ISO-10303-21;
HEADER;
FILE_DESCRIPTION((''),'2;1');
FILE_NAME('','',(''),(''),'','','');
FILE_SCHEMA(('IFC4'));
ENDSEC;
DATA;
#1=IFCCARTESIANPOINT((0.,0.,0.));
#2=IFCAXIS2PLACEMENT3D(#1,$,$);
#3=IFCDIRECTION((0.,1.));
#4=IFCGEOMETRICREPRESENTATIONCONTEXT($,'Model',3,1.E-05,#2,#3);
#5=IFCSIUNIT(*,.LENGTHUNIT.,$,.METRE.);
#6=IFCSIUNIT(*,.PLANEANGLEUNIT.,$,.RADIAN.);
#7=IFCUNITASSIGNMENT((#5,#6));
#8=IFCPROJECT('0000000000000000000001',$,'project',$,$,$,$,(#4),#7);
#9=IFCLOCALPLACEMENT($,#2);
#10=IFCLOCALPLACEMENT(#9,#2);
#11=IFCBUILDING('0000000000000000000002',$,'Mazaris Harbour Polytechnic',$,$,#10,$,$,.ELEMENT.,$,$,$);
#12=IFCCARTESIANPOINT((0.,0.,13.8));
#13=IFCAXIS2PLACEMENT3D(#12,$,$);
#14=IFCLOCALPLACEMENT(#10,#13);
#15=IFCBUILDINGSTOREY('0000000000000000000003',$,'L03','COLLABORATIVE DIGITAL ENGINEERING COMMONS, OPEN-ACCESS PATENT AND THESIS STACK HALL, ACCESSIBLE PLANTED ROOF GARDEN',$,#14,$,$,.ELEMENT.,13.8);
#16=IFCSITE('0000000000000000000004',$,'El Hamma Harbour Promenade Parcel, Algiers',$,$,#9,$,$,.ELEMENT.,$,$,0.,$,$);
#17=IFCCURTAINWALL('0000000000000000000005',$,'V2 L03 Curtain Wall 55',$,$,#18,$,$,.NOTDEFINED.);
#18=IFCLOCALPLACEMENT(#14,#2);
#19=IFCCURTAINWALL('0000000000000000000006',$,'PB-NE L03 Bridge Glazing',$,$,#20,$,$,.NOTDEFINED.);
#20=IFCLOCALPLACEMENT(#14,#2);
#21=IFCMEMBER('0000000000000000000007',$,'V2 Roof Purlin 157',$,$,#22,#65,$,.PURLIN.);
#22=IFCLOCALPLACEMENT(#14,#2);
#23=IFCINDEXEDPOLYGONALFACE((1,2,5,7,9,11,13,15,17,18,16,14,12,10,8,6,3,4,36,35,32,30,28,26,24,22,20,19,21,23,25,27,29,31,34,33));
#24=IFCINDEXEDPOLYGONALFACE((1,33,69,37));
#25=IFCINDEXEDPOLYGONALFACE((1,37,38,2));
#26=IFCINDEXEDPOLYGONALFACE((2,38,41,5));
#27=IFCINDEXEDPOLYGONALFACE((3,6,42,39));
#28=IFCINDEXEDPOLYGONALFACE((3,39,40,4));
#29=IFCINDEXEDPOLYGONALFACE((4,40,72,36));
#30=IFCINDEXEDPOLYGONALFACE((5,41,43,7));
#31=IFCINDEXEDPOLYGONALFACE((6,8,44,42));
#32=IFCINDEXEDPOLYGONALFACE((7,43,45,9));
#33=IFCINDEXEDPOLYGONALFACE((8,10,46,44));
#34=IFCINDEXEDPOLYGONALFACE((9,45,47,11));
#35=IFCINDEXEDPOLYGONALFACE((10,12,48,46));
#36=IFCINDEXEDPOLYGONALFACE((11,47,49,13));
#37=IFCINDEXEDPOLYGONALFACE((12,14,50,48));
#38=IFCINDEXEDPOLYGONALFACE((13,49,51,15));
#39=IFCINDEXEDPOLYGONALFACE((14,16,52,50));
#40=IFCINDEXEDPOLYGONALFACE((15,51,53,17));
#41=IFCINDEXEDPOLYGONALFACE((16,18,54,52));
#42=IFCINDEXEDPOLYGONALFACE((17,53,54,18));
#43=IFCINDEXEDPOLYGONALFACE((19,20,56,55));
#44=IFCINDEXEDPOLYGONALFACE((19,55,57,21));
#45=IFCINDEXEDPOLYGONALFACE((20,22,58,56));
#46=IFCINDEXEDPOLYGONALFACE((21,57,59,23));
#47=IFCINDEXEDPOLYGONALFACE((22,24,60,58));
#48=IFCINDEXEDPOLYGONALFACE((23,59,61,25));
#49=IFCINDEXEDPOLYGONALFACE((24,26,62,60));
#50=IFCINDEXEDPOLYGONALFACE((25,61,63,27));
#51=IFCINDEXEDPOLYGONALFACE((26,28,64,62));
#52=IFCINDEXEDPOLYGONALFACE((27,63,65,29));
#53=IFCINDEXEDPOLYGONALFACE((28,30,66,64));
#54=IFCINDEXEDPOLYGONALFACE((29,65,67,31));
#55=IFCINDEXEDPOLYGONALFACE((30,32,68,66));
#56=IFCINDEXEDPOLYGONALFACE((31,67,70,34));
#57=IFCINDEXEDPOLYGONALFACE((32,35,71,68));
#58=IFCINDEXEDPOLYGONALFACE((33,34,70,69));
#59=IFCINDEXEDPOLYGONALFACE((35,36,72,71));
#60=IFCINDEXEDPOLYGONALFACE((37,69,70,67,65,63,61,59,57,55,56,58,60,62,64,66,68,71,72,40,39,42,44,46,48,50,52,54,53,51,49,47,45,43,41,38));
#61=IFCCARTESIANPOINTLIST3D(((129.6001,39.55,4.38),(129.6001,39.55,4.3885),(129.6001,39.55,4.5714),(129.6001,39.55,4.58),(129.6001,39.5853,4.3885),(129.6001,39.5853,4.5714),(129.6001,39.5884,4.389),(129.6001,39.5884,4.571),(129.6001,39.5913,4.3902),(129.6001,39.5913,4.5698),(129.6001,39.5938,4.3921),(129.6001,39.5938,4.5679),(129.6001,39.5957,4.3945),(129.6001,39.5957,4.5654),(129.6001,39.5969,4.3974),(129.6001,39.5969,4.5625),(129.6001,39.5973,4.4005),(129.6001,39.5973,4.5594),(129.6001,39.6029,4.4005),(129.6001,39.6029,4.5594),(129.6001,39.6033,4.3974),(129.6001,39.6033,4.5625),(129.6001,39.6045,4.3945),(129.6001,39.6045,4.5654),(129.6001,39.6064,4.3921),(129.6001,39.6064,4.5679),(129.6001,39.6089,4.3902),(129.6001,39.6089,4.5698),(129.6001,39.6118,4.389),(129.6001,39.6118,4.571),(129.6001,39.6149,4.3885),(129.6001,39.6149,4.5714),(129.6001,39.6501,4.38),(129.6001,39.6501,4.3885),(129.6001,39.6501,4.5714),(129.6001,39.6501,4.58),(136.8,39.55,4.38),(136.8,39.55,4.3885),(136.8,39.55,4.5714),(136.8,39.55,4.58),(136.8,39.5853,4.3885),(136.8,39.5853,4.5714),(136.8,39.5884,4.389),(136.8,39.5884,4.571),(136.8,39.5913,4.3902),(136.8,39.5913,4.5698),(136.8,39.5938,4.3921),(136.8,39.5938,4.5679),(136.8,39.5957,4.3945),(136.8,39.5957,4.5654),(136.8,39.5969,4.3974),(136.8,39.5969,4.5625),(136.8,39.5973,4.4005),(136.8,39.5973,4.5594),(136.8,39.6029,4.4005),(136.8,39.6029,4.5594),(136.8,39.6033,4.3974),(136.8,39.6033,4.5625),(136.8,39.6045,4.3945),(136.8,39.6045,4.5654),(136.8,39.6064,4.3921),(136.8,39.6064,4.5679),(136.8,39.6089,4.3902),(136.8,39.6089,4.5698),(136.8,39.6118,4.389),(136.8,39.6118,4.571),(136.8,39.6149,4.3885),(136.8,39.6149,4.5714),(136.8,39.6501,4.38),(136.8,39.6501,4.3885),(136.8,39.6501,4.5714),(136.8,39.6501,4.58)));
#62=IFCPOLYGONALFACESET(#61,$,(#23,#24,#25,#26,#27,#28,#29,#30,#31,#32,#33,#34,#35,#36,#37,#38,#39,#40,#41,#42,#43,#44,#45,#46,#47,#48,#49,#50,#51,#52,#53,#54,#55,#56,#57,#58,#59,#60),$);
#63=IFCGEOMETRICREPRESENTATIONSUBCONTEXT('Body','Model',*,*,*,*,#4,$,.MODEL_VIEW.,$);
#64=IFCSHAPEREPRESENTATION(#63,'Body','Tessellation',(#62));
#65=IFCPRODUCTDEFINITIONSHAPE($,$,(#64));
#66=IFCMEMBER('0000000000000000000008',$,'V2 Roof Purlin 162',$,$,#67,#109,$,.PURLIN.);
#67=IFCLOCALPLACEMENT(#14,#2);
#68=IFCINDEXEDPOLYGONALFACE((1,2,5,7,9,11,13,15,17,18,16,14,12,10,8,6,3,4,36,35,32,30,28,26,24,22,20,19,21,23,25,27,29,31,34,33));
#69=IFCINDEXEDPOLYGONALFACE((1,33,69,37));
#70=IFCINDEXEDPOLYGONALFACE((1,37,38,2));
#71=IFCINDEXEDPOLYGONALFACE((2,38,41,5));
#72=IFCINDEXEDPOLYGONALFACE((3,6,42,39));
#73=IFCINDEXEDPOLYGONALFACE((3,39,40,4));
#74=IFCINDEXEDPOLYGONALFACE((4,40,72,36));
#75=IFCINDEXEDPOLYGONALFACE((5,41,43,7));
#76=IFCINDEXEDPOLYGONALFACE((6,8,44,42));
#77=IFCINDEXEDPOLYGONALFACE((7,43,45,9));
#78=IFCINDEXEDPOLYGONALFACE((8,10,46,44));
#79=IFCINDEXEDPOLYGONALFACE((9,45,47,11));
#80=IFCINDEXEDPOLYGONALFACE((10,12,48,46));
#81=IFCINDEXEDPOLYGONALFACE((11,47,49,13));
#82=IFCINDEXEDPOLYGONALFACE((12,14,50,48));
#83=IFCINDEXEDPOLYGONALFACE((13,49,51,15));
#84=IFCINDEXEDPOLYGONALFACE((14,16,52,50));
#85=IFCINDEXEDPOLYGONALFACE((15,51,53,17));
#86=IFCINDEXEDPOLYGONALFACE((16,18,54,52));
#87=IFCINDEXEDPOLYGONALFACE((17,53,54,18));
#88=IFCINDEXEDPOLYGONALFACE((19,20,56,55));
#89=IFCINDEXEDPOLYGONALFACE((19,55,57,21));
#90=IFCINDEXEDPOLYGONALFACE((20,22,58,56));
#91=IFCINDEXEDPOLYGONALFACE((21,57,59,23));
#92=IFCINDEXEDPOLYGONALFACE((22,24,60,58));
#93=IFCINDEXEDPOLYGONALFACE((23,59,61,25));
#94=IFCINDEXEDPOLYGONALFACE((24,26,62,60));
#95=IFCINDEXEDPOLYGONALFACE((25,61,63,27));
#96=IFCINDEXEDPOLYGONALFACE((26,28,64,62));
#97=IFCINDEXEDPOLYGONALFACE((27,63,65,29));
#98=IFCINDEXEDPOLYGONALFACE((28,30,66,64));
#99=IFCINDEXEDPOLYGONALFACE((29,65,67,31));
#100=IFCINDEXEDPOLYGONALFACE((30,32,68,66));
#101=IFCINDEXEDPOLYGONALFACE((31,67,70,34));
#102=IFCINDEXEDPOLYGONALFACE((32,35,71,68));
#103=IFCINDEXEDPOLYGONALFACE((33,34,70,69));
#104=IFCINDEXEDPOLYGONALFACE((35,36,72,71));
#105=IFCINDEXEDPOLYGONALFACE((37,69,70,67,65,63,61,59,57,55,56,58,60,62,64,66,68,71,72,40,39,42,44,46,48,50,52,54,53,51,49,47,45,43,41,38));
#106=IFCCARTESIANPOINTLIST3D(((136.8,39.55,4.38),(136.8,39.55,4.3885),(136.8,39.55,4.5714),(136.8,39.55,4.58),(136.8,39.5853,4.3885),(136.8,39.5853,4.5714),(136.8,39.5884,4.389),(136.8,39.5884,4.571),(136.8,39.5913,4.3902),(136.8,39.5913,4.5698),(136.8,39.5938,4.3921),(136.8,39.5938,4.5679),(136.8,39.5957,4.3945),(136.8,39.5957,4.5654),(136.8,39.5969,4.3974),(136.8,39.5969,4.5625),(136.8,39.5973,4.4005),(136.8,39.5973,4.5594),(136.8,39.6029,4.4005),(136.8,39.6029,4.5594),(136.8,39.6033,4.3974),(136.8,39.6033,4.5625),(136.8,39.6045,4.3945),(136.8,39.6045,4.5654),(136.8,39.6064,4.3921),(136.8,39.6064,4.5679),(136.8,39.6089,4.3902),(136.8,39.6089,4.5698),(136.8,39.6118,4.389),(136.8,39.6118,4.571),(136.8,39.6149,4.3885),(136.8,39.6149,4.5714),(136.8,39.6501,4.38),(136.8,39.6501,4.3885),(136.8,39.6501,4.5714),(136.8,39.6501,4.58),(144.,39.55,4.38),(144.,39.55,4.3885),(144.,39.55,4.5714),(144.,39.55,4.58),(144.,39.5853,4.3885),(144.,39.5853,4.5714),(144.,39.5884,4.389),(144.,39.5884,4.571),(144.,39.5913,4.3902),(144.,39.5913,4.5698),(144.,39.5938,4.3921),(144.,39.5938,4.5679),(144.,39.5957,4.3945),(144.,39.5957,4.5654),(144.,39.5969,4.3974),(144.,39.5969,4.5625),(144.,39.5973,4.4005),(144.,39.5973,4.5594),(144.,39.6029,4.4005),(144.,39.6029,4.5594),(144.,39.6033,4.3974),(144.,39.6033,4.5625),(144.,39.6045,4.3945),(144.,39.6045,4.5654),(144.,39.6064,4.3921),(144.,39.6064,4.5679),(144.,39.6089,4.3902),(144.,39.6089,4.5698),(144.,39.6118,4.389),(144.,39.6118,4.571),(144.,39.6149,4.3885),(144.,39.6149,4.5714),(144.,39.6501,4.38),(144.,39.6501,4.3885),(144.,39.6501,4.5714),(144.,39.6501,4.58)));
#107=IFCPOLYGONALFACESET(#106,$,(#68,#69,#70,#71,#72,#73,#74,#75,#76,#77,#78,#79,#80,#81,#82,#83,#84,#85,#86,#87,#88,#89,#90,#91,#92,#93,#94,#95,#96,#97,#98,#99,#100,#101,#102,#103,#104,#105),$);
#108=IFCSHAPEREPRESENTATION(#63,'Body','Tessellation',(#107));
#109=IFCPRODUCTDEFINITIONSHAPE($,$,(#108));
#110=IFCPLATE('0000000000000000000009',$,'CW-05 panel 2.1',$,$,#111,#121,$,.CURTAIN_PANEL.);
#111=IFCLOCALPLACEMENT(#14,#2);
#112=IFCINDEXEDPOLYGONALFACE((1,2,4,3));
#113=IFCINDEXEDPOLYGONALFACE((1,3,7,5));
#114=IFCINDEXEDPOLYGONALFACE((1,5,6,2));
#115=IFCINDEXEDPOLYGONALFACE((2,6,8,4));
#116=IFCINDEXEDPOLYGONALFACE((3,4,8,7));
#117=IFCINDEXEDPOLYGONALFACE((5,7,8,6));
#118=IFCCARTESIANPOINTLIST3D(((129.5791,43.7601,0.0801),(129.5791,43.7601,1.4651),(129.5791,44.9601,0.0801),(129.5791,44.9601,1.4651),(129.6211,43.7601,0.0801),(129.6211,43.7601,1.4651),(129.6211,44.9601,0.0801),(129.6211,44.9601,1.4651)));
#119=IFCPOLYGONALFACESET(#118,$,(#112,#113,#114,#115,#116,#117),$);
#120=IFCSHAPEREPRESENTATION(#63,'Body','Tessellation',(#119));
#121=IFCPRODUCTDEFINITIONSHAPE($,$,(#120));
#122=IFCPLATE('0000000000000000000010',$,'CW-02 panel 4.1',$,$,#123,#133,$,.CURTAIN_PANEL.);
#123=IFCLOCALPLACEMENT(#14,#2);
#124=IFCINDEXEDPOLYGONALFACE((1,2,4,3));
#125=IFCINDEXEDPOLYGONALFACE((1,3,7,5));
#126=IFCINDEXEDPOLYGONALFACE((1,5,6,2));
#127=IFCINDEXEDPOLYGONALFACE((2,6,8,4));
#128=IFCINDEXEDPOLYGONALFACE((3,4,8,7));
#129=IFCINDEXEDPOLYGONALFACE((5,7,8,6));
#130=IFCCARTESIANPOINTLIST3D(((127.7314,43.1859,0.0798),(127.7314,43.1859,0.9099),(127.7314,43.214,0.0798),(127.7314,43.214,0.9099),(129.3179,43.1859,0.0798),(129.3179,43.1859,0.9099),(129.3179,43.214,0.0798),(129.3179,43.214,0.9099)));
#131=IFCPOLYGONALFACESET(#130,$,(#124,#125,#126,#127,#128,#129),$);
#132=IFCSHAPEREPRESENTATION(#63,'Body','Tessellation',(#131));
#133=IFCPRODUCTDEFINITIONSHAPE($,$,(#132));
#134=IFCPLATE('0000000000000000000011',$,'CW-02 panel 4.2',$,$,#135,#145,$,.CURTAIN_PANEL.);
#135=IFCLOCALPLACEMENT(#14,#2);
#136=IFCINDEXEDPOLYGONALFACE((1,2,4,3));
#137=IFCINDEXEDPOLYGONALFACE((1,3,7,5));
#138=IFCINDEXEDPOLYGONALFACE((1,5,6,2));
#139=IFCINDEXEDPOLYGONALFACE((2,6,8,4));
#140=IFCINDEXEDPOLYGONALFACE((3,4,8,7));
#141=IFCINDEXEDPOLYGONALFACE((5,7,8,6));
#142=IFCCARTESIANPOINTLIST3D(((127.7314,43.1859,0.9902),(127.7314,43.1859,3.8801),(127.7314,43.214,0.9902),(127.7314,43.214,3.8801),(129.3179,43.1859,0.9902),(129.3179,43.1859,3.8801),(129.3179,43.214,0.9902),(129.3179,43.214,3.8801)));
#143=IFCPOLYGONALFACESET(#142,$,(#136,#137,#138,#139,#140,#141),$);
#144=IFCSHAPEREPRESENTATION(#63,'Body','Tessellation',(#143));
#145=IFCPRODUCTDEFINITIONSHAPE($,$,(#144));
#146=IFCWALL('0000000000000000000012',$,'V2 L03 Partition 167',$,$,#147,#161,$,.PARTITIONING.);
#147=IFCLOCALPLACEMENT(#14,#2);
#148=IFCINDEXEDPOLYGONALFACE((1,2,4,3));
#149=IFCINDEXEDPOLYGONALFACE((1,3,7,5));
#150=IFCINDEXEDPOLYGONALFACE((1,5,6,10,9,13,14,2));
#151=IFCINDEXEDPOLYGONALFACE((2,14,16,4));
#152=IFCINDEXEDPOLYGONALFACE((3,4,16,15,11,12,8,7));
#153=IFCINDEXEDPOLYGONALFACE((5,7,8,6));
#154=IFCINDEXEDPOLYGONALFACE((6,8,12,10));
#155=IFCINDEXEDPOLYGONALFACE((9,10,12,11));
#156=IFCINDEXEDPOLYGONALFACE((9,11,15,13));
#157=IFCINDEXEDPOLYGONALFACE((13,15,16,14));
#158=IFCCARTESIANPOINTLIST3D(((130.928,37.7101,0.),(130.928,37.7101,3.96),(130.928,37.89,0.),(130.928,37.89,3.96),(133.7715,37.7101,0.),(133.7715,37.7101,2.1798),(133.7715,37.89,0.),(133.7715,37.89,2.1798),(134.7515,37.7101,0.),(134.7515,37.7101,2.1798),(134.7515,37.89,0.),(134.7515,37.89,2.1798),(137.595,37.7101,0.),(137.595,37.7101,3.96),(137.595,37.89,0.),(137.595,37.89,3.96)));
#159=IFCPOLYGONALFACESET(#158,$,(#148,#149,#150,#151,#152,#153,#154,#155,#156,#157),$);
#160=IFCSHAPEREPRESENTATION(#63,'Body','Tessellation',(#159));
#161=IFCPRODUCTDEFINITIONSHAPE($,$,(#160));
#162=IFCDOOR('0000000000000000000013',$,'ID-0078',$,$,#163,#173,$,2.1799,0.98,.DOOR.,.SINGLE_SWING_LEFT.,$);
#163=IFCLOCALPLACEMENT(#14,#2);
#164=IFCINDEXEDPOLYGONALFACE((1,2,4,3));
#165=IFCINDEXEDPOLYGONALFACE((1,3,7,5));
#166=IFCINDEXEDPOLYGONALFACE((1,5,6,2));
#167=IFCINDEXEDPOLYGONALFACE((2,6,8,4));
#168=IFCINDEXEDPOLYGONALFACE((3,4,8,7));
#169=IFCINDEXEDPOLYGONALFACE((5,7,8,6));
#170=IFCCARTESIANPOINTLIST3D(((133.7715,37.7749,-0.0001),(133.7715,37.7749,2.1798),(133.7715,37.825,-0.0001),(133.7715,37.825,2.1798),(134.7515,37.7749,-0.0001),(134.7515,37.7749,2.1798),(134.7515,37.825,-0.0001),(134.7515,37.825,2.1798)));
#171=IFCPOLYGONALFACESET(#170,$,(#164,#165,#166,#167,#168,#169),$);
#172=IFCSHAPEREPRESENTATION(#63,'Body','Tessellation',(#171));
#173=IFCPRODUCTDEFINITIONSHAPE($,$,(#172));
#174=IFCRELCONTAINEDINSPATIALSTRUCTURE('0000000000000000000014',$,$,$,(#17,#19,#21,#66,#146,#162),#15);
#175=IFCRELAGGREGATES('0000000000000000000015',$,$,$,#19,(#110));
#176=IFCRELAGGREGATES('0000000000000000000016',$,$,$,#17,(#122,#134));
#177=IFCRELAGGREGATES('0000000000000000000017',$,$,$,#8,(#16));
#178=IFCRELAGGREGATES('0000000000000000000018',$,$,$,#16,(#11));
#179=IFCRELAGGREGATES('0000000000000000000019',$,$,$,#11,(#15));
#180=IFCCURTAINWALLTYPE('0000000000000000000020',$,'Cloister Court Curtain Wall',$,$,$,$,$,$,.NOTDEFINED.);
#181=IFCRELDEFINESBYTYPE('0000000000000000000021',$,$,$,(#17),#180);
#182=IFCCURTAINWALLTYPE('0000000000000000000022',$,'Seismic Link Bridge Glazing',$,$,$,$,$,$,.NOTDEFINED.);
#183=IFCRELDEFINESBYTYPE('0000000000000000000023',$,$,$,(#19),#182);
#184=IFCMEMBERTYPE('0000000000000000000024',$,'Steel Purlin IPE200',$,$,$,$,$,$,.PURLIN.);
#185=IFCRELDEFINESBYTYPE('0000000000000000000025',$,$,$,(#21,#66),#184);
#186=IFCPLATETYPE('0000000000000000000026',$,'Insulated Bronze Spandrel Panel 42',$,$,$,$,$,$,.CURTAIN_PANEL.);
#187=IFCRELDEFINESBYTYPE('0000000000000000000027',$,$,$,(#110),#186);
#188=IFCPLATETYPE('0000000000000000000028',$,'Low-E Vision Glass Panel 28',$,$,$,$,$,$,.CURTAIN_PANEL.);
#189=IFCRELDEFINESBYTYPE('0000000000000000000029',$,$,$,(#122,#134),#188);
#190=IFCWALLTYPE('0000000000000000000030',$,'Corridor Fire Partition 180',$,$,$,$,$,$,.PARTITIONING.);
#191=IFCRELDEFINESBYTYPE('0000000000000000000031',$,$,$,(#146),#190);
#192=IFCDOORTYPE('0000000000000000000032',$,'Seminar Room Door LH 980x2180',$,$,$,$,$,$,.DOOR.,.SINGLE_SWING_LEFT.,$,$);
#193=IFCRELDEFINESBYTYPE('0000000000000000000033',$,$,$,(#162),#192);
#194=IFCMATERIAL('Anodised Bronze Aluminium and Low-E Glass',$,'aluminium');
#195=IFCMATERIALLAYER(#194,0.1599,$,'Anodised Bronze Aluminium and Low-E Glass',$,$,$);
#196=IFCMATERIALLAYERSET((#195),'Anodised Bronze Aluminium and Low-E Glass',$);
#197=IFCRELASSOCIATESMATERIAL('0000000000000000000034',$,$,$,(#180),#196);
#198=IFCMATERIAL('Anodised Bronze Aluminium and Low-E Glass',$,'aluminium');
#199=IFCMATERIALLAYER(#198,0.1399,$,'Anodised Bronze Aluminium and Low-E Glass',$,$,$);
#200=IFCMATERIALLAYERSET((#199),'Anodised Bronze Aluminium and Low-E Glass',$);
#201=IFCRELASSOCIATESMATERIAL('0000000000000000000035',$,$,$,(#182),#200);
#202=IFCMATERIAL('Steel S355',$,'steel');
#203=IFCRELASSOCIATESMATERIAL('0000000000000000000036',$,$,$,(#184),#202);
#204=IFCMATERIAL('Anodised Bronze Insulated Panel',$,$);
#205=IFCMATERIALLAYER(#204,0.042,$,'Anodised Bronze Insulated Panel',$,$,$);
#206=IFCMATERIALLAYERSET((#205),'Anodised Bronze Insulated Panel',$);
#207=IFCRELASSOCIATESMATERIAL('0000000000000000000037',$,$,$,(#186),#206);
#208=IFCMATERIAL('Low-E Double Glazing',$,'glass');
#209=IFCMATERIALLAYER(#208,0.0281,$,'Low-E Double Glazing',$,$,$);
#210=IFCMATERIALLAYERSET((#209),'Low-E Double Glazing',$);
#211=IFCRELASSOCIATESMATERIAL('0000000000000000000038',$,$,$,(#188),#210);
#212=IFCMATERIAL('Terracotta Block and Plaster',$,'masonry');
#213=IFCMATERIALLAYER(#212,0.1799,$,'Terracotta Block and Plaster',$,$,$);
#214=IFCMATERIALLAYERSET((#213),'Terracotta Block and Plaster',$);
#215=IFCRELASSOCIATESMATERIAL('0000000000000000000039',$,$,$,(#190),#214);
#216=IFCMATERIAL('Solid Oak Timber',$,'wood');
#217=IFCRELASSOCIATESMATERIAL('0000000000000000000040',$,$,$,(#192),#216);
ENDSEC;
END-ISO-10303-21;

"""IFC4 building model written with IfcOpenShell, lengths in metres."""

from ifc_helpers import new_model, si_unit, direction, frame, frame_2d, origin, origin_2d, place, context, subcontext, project, spatial, rectangle, i_section, extrude, material, layer, layer_set, material_profile, profile_set, type_object, element, fill, aggregate, save


model = new_model("IFC4")

# Units and contexts
model_context = context("Model", 3, precision=1e-05, world=origin(), true_north=direction((0.0, 1.0)))
body_context = subcontext(model_context, "Body", "Model", "MODEL_VIEW")
ifc_project = project(units=[si_unit("LENGTHUNIT", "METRE"), si_unit("PLANEANGLEUNIT", "RADIAN")], contexts=[model_context])

# Site, building, storey
site_placement = place(None, origin())
site = spatial("IfcSite", under=ifc_project, at=site_placement, Name="El Hamma Harbour Promenade Parcel, Algiers", CompositionType="ELEMENT", RefElevation=0.0)
building_placement = place(site_placement, origin())
building = spatial("IfcBuilding", under=site, at=building_placement, Name="Mazaris Harbour Polytechnic", CompositionType="ELEMENT")
storey_placement = place(building_placement, frame((0.0, 0.0, 13.8)))
storey = spatial("IfcBuildingStorey", under=building, at=storey_placement, Name="L03", Description="COLLABORATIVE DIGITAL ENGINEERING COMMONS, OPEN-ACCESS PATENT AND THESIS STACK HALL, ACCESSIBLE PLANTED ROOF GARDEN", CompositionType="ELEMENT", Elevation=13.8)

# Curtain walls
ifc_material_1 = material(Name="Anodised Bronze Aluminium and Low-E Glass", Category="aluminium")
ifc_layer_1 = layer(ifc_material_1, 0.1599, Name="Anodised Bronze Aluminium and Low-E Glass")
ifc_layer_set_1 = layer_set([ifc_layer_1], Name="Anodised Bronze Aluminium and Low-E Glass")
curtain_wall_type_1 = type_object("IfcCurtainWallType", Name="Cloister Court Curtain Wall", PredefinedType="NOTDEFINED", material=ifc_layer_set_1)
curtain_wall_1_placement = place(storey_placement, origin())
curtain_wall_1 = element("IfcCurtainWall", 1, at=curtain_wall_1_placement, inside=storey, type_object=curtain_wall_type_1, Name="V2 L03 Curtain Wall 55", PredefinedType="NOTDEFINED")
ifc_material_2 = material(Name="Anodised Bronze Aluminium and Low-E Glass", Category="aluminium")
ifc_layer_2 = layer(ifc_material_2, 0.1399, Name="Anodised Bronze Aluminium and Low-E Glass")
ifc_layer_set_2 = layer_set([ifc_layer_2], Name="Anodised Bronze Aluminium and Low-E Glass")
curtain_wall_type_2 = type_object("IfcCurtainWallType", Name="Seismic Link Bridge Glazing", PredefinedType="NOTDEFINED", material=ifc_layer_set_2)
curtain_wall_2_placement = place(storey_placement, origin())
curtain_wall_2 = element("IfcCurtainWall", 2, at=curtain_wall_2_placement, inside=storey, type_object=curtain_wall_type_2, Name="PB-NE L03 Bridge Glazing", PredefinedType="NOTDEFINED")

# Members
ifc_material_3 = material(Name="Steel S355", Category="steel")
ifc_material_profile_1 = material_profile(ifc_material_3, i_section(OverallWidth=0.1001, OverallDepth=0.2, WebThickness=0.0056, FlangeThickness=0.0085, FilletRadius=0.012, at=origin_2d()), Name="IPE 200")
ifc_profile_set_1 = profile_set([ifc_material_profile_1], Name="Steel S355")
member_type_1 = type_object("IfcMemberType", Name="Steel Purlin IPE200", PredefinedType="PURLIN", material=ifc_profile_set_1)
for number, where, z_axis, x_axis, name in (
    (3, (129.6001, 39.6001, 4.48), (1.0, 0.0, 0.0), (0.0, 1.0, 0.0), "V2 Roof Purlin 157"),
    (4, (136.8, 39.6001, 4.48), (1.0, 0.0, 0.0), (0.0, 1.0, 0.0), "V2 Roof Purlin 162"),
):
    element("IfcMember", number, at=place(storey_placement, frame(where, z_axis=z_axis, x_axis=x_axis)), inside=storey, type_object=member_type_1, Name=name, PredefinedType="PURLIN", context=body_context, shape_type="SweptSolid", body=[
        extrude(i_section(OverallWidth=0.1001, OverallDepth=0.2, WebThickness=0.0056, FlangeThickness=0.0085, FilletRadius=0.012, at=origin_2d()), origin(), (0.0, 0.0, 1.0), 7.2),
    ])

# Plates
ifc_material_4 = material(Name="Anodised Bronze Insulated Panel")
ifc_layer_3 = layer(ifc_material_4, 0.042, Name="Anodised Bronze Insulated Panel")
ifc_layer_set_3 = layer_set([ifc_layer_3], Name="Anodised Bronze Insulated Panel")
plate_type_1 = type_object("IfcPlateType", Name="Insulated Bronze Spandrel Panel 42", PredefinedType="CURTAIN_PANEL", material=ifc_layer_set_3)
plate_1_placement = place(storey_placement, frame((129.6001, 44.3601, 0.0801), z_axis=(0.0, 0.0, 1.0), x_axis=(0.0, -1.0, 0.0)))
plate_1 = element("IfcPlate", 5, at=plate_1_placement, type_object=plate_type_1, Name="CW-05 panel 2.1", PredefinedType="CURTAIN_PANEL", context=body_context, shape_type="SweptSolid", body=[
    extrude(rectangle(XDim=1.2, YDim=0.042, at=origin_2d()), origin(), (0.0, 0.0, 1.0), 1.385),
])
aggregate(curtain_wall_2, [plate_1])
ifc_material_5 = material(Name="Low-E Double Glazing", Category="glass")
ifc_layer_4 = layer(ifc_material_5, 0.0281, Name="Low-E Double Glazing")
ifc_layer_set_4 = layer_set([ifc_layer_4], Name="Low-E Double Glazing")
plate_type_2 = type_object("IfcPlateType", Name="Low-E Vision Glass Panel 28", PredefinedType="CURTAIN_PANEL", material=ifc_layer_set_4)
plate_2_placement = place(storey_placement, frame((128.5247, 43.2, 0.0798), z_axis=(0.0, 0.0, 1.0), x_axis=(1.0, 0.0, 0.0)))
plate_2 = element("IfcPlate", 6, at=plate_2_placement, type_object=plate_type_2, Name="CW-02 panel 4.1", PredefinedType="CURTAIN_PANEL", context=body_context, shape_type="SweptSolid", body=[
    extrude(rectangle(XDim=1.5864, YDim=0.0281, at=origin_2d()), origin(), (0.0, 0.0, 1.0), 0.8301),
])
plate_3_placement = place(storey_placement, frame((128.5247, 43.2, 0.9902), z_axis=(0.0, 0.0, 1.0), x_axis=(1.0, 0.0, 0.0)))
plate_3 = element("IfcPlate", 7, at=plate_3_placement, type_object=plate_type_2, Name="CW-02 panel 4.2", PredefinedType="CURTAIN_PANEL", context=body_context, shape_type="SweptSolid", body=[
    extrude(rectangle(XDim=1.5864, YDim=0.0281, at=origin_2d()), origin(), (0.0, 0.0, 1.0), 2.8899),
])
aggregate(curtain_wall_1, [plate_2, plate_3])

# Wall, opening, door
ifc_material_6 = material(Name="Terracotta Block and Plaster", Category="masonry")
ifc_layer_5 = layer(ifc_material_6, 0.1799, Name="Terracotta Block and Plaster")
ifc_layer_set_5 = layer_set([ifc_layer_5], Name="Terracotta Block and Plaster")
wall_type_1 = type_object("IfcWallType", Name="Corridor Fire Partition 180", PredefinedType="PARTITIONING", material=ifc_layer_set_5)
wall_1_placement = place(storey_placement, frame((130.928, 37.8, 0.0), z_axis=(0.0, 0.0, 1.0), x_axis=(1.0, 0.0, 0.0)))
wall_1 = element("IfcWall", 8, at=wall_1_placement, inside=storey, type_object=wall_type_1, Name="V2 L03 Partition 167", PredefinedType="PARTITIONING", context=body_context, shape_type="SweptSolid", body=[
    extrude(rectangle(XDim=6.667, YDim=0.1799, at=frame_2d((3.3335, 0.0))), origin(), (0.0, 0.0, 1.0), 3.96),
])
opening_1_placement = place(wall_1_placement, frame((2.8435, 0.0, 0.0)))
opening_1 = element("IfcOpeningElement", 9, at=opening_1_placement, cuts=wall_1, PredefinedType="OPENING", context=body_context, shape_type="SweptSolid", body=[
    extrude(rectangle(XDim=0.98, YDim=2.1799, at=frame_2d((0.49, 1.0898))), frame((0.0, 0.0999, 0.0), z_axis=(0.0, -1.0, 0.0), x_axis=(1.0, 0.0, 0.0)), (0.0, 0.0, 1.0), 0.2),
])
ifc_material_7 = material(Name="Solid Oak Timber", Category="wood")
door_type_1 = type_object("IfcDoorType", Name="Seminar Room Door LH 980x2180", OperationType="SINGLE_SWING_LEFT", PredefinedType="DOOR", material=ifc_material_7)
door_1_placement = place(opening_1_placement, origin())
door_1 = element("IfcDoor", 10, at=door_1_placement, inside=storey, type_object=door_type_1, Name="ID-0078", OperationType="SINGLE_SWING_LEFT", OverallHeight=2.1799, OverallWidth=0.98, PredefinedType="DOOR", context=body_context, shape_type="SweptSolid", body=[
    extrude(rectangle(XDim=0.98, YDim=2.1799, at=frame_2d((0.49, 1.0898))), frame((0.0, 0.0249, 0.0), z_axis=(0.0, -1.0, 0.0), x_axis=(1.0, 0.0, 0.0)), (0.0, 0.0, 1.0), 0.05),
])
fill(opening_1, door_1)

save(model, "model.ifc")
